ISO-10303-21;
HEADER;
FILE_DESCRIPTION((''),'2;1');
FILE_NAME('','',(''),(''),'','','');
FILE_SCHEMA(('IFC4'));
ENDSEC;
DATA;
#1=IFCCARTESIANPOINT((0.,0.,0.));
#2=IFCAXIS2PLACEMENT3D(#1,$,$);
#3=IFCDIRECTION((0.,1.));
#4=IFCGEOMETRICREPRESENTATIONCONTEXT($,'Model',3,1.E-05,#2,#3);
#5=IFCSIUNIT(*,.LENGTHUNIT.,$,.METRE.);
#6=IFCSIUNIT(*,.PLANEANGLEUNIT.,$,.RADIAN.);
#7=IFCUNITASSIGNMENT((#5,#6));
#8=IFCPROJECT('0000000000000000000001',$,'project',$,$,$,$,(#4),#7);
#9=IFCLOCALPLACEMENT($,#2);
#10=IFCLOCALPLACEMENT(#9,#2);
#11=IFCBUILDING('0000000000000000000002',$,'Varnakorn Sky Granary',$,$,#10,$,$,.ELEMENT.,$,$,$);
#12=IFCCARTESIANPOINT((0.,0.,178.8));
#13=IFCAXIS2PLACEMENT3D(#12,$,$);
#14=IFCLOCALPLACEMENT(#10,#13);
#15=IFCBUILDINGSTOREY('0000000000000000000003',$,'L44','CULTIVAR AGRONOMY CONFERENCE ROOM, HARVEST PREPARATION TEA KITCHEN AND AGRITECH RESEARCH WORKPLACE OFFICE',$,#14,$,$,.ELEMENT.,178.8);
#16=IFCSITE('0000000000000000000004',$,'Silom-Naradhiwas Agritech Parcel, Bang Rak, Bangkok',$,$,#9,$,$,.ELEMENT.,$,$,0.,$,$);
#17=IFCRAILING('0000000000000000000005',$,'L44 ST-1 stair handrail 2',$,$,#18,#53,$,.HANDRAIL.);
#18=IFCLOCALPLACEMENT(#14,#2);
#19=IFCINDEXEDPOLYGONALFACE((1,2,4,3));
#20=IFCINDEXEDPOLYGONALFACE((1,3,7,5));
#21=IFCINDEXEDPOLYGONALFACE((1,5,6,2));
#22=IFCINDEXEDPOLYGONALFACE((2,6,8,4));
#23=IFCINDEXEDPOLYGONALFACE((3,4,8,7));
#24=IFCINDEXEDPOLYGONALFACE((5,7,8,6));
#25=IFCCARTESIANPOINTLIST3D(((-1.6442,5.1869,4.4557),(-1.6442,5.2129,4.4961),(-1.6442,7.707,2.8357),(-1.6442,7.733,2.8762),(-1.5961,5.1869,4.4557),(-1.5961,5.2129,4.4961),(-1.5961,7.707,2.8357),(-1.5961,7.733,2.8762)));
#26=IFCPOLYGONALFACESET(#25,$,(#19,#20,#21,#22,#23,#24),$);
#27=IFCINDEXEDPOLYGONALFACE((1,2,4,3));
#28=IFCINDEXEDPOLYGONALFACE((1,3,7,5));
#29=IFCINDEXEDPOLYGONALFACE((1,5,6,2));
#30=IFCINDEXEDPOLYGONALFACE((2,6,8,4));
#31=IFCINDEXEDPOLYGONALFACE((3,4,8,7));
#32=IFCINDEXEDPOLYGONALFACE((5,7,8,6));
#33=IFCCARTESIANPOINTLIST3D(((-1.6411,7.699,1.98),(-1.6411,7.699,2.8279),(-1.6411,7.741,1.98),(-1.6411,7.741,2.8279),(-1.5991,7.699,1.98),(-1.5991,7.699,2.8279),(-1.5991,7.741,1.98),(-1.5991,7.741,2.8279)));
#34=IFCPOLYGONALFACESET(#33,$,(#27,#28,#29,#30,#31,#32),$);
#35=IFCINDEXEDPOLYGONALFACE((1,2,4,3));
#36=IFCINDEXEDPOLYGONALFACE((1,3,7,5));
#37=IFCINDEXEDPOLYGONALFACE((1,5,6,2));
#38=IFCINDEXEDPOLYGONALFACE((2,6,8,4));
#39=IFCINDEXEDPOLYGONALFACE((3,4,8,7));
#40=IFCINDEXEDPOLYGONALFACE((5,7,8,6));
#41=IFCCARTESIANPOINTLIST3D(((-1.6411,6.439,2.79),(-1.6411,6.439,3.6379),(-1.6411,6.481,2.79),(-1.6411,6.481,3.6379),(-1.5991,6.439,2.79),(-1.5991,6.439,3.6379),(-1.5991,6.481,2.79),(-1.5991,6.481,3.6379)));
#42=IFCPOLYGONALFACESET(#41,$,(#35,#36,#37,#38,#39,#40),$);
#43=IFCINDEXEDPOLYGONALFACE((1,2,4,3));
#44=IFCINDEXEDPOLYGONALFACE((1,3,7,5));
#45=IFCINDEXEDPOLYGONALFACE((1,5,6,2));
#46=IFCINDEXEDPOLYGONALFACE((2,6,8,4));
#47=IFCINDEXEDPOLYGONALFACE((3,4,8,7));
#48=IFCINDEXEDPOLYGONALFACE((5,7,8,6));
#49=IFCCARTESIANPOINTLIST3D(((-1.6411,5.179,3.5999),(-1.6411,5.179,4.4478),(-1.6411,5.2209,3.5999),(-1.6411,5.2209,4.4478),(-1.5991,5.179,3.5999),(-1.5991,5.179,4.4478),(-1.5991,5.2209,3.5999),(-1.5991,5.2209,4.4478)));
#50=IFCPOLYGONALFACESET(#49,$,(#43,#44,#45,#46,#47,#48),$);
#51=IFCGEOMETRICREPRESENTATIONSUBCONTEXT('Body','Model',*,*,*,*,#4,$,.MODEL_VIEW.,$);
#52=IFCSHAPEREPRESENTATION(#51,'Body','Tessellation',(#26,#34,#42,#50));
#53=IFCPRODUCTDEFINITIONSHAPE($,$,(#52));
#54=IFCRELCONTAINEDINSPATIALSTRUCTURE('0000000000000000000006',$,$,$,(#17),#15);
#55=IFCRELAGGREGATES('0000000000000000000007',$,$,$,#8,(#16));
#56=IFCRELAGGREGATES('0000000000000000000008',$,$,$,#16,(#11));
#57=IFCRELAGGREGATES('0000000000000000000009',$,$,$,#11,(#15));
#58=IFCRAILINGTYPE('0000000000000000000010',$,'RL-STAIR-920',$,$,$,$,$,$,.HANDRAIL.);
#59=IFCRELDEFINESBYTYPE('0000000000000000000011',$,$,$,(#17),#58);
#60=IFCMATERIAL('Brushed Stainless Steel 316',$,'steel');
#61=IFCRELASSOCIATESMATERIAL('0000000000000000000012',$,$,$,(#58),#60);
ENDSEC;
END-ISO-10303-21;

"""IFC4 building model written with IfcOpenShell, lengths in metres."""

from ifc_helpers import new_model, si_unit, direction, frame, origin, origin_2d, place, context, subcontext, project, spatial, rectangle, extrude, material, type_object, element, save


model = new_model("IFC4")

# Units and contexts
model_context = context("Model", 3, precision=1e-05, world=origin(), true_north=direction((0.0, 1.0)))
body_context = subcontext(model_context, "Body", "Model", "MODEL_VIEW")
ifc_project = project(units=[si_unit("LENGTHUNIT", "METRE"), si_unit("PLANEANGLEUNIT", "RADIAN")], contexts=[model_context])

# Site, building, storey
site_placement = place(None, origin())
site = spatial("IfcSite", under=ifc_project, at=site_placement, Name="Silom-Naradhiwas Agritech Parcel, Bang Rak, Bangkok", CompositionType="ELEMENT", RefElevation=0.0)
building_placement = place(site_placement, origin())
building = spatial("IfcBuilding", under=site, at=building_placement, Name="Varnakorn Sky Granary", CompositionType="ELEMENT")
storey_placement = place(building_placement, frame((0.0, 0.0, 178.8)))
storey = spatial("IfcBuildingStorey", under=building, at=storey_placement, Name="L44", Description="CULTIVAR AGRONOMY CONFERENCE ROOM, HARVEST PREPARATION TEA KITCHEN AND AGRITECH RESEARCH WORKPLACE OFFICE", CompositionType="ELEMENT", Elevation=178.8)

# Railing
ifc_material_1 = material(Name="Brushed Stainless Steel 316", Category="steel")
railing_type_1 = type_object("IfcRailingType", Name="RL-STAIR-920", PredefinedType="HANDRAIL", material=ifc_material_1)
railing_1_placement = place(storey_placement, frame((-1.6201, 7.72, 1.98)))
element("IfcRailing", 1, at=railing_1_placement, inside=storey, type_object=railing_type_1, Name="L44 ST-1 stair handrail 2", PredefinedType="HANDRAIL", context=body_context, shape_type="SweptSolid", body=[
    extrude(rectangle(XDim=0.0481, YDim=0.0481, at=origin_2d()), frame((0.0, 0.0, 0.876), z_axis=(0.0, -0.8412, 0.540725), x_axis=(1.0, 0.0, 0.0)), (0.0, 0.0, 1.0), 2.9958),
    extrude(rectangle(XDim=0.042, YDim=0.042, at=origin_2d()), origin(), (0.0, 0.0, 1.0), 0.8479),
    extrude(rectangle(XDim=0.042, YDim=0.042, at=origin_2d()), frame((0.0, -1.26, 0.8101)), (0.0, 0.0, 1.0), 0.8479),
    extrude(rectangle(XDim=0.042, YDim=0.042, at=origin_2d()), frame((0.0, -2.52, 1.6199)), (0.0, 0.0, 1.0), 0.8479),
])

save(model, "model.ifc")
